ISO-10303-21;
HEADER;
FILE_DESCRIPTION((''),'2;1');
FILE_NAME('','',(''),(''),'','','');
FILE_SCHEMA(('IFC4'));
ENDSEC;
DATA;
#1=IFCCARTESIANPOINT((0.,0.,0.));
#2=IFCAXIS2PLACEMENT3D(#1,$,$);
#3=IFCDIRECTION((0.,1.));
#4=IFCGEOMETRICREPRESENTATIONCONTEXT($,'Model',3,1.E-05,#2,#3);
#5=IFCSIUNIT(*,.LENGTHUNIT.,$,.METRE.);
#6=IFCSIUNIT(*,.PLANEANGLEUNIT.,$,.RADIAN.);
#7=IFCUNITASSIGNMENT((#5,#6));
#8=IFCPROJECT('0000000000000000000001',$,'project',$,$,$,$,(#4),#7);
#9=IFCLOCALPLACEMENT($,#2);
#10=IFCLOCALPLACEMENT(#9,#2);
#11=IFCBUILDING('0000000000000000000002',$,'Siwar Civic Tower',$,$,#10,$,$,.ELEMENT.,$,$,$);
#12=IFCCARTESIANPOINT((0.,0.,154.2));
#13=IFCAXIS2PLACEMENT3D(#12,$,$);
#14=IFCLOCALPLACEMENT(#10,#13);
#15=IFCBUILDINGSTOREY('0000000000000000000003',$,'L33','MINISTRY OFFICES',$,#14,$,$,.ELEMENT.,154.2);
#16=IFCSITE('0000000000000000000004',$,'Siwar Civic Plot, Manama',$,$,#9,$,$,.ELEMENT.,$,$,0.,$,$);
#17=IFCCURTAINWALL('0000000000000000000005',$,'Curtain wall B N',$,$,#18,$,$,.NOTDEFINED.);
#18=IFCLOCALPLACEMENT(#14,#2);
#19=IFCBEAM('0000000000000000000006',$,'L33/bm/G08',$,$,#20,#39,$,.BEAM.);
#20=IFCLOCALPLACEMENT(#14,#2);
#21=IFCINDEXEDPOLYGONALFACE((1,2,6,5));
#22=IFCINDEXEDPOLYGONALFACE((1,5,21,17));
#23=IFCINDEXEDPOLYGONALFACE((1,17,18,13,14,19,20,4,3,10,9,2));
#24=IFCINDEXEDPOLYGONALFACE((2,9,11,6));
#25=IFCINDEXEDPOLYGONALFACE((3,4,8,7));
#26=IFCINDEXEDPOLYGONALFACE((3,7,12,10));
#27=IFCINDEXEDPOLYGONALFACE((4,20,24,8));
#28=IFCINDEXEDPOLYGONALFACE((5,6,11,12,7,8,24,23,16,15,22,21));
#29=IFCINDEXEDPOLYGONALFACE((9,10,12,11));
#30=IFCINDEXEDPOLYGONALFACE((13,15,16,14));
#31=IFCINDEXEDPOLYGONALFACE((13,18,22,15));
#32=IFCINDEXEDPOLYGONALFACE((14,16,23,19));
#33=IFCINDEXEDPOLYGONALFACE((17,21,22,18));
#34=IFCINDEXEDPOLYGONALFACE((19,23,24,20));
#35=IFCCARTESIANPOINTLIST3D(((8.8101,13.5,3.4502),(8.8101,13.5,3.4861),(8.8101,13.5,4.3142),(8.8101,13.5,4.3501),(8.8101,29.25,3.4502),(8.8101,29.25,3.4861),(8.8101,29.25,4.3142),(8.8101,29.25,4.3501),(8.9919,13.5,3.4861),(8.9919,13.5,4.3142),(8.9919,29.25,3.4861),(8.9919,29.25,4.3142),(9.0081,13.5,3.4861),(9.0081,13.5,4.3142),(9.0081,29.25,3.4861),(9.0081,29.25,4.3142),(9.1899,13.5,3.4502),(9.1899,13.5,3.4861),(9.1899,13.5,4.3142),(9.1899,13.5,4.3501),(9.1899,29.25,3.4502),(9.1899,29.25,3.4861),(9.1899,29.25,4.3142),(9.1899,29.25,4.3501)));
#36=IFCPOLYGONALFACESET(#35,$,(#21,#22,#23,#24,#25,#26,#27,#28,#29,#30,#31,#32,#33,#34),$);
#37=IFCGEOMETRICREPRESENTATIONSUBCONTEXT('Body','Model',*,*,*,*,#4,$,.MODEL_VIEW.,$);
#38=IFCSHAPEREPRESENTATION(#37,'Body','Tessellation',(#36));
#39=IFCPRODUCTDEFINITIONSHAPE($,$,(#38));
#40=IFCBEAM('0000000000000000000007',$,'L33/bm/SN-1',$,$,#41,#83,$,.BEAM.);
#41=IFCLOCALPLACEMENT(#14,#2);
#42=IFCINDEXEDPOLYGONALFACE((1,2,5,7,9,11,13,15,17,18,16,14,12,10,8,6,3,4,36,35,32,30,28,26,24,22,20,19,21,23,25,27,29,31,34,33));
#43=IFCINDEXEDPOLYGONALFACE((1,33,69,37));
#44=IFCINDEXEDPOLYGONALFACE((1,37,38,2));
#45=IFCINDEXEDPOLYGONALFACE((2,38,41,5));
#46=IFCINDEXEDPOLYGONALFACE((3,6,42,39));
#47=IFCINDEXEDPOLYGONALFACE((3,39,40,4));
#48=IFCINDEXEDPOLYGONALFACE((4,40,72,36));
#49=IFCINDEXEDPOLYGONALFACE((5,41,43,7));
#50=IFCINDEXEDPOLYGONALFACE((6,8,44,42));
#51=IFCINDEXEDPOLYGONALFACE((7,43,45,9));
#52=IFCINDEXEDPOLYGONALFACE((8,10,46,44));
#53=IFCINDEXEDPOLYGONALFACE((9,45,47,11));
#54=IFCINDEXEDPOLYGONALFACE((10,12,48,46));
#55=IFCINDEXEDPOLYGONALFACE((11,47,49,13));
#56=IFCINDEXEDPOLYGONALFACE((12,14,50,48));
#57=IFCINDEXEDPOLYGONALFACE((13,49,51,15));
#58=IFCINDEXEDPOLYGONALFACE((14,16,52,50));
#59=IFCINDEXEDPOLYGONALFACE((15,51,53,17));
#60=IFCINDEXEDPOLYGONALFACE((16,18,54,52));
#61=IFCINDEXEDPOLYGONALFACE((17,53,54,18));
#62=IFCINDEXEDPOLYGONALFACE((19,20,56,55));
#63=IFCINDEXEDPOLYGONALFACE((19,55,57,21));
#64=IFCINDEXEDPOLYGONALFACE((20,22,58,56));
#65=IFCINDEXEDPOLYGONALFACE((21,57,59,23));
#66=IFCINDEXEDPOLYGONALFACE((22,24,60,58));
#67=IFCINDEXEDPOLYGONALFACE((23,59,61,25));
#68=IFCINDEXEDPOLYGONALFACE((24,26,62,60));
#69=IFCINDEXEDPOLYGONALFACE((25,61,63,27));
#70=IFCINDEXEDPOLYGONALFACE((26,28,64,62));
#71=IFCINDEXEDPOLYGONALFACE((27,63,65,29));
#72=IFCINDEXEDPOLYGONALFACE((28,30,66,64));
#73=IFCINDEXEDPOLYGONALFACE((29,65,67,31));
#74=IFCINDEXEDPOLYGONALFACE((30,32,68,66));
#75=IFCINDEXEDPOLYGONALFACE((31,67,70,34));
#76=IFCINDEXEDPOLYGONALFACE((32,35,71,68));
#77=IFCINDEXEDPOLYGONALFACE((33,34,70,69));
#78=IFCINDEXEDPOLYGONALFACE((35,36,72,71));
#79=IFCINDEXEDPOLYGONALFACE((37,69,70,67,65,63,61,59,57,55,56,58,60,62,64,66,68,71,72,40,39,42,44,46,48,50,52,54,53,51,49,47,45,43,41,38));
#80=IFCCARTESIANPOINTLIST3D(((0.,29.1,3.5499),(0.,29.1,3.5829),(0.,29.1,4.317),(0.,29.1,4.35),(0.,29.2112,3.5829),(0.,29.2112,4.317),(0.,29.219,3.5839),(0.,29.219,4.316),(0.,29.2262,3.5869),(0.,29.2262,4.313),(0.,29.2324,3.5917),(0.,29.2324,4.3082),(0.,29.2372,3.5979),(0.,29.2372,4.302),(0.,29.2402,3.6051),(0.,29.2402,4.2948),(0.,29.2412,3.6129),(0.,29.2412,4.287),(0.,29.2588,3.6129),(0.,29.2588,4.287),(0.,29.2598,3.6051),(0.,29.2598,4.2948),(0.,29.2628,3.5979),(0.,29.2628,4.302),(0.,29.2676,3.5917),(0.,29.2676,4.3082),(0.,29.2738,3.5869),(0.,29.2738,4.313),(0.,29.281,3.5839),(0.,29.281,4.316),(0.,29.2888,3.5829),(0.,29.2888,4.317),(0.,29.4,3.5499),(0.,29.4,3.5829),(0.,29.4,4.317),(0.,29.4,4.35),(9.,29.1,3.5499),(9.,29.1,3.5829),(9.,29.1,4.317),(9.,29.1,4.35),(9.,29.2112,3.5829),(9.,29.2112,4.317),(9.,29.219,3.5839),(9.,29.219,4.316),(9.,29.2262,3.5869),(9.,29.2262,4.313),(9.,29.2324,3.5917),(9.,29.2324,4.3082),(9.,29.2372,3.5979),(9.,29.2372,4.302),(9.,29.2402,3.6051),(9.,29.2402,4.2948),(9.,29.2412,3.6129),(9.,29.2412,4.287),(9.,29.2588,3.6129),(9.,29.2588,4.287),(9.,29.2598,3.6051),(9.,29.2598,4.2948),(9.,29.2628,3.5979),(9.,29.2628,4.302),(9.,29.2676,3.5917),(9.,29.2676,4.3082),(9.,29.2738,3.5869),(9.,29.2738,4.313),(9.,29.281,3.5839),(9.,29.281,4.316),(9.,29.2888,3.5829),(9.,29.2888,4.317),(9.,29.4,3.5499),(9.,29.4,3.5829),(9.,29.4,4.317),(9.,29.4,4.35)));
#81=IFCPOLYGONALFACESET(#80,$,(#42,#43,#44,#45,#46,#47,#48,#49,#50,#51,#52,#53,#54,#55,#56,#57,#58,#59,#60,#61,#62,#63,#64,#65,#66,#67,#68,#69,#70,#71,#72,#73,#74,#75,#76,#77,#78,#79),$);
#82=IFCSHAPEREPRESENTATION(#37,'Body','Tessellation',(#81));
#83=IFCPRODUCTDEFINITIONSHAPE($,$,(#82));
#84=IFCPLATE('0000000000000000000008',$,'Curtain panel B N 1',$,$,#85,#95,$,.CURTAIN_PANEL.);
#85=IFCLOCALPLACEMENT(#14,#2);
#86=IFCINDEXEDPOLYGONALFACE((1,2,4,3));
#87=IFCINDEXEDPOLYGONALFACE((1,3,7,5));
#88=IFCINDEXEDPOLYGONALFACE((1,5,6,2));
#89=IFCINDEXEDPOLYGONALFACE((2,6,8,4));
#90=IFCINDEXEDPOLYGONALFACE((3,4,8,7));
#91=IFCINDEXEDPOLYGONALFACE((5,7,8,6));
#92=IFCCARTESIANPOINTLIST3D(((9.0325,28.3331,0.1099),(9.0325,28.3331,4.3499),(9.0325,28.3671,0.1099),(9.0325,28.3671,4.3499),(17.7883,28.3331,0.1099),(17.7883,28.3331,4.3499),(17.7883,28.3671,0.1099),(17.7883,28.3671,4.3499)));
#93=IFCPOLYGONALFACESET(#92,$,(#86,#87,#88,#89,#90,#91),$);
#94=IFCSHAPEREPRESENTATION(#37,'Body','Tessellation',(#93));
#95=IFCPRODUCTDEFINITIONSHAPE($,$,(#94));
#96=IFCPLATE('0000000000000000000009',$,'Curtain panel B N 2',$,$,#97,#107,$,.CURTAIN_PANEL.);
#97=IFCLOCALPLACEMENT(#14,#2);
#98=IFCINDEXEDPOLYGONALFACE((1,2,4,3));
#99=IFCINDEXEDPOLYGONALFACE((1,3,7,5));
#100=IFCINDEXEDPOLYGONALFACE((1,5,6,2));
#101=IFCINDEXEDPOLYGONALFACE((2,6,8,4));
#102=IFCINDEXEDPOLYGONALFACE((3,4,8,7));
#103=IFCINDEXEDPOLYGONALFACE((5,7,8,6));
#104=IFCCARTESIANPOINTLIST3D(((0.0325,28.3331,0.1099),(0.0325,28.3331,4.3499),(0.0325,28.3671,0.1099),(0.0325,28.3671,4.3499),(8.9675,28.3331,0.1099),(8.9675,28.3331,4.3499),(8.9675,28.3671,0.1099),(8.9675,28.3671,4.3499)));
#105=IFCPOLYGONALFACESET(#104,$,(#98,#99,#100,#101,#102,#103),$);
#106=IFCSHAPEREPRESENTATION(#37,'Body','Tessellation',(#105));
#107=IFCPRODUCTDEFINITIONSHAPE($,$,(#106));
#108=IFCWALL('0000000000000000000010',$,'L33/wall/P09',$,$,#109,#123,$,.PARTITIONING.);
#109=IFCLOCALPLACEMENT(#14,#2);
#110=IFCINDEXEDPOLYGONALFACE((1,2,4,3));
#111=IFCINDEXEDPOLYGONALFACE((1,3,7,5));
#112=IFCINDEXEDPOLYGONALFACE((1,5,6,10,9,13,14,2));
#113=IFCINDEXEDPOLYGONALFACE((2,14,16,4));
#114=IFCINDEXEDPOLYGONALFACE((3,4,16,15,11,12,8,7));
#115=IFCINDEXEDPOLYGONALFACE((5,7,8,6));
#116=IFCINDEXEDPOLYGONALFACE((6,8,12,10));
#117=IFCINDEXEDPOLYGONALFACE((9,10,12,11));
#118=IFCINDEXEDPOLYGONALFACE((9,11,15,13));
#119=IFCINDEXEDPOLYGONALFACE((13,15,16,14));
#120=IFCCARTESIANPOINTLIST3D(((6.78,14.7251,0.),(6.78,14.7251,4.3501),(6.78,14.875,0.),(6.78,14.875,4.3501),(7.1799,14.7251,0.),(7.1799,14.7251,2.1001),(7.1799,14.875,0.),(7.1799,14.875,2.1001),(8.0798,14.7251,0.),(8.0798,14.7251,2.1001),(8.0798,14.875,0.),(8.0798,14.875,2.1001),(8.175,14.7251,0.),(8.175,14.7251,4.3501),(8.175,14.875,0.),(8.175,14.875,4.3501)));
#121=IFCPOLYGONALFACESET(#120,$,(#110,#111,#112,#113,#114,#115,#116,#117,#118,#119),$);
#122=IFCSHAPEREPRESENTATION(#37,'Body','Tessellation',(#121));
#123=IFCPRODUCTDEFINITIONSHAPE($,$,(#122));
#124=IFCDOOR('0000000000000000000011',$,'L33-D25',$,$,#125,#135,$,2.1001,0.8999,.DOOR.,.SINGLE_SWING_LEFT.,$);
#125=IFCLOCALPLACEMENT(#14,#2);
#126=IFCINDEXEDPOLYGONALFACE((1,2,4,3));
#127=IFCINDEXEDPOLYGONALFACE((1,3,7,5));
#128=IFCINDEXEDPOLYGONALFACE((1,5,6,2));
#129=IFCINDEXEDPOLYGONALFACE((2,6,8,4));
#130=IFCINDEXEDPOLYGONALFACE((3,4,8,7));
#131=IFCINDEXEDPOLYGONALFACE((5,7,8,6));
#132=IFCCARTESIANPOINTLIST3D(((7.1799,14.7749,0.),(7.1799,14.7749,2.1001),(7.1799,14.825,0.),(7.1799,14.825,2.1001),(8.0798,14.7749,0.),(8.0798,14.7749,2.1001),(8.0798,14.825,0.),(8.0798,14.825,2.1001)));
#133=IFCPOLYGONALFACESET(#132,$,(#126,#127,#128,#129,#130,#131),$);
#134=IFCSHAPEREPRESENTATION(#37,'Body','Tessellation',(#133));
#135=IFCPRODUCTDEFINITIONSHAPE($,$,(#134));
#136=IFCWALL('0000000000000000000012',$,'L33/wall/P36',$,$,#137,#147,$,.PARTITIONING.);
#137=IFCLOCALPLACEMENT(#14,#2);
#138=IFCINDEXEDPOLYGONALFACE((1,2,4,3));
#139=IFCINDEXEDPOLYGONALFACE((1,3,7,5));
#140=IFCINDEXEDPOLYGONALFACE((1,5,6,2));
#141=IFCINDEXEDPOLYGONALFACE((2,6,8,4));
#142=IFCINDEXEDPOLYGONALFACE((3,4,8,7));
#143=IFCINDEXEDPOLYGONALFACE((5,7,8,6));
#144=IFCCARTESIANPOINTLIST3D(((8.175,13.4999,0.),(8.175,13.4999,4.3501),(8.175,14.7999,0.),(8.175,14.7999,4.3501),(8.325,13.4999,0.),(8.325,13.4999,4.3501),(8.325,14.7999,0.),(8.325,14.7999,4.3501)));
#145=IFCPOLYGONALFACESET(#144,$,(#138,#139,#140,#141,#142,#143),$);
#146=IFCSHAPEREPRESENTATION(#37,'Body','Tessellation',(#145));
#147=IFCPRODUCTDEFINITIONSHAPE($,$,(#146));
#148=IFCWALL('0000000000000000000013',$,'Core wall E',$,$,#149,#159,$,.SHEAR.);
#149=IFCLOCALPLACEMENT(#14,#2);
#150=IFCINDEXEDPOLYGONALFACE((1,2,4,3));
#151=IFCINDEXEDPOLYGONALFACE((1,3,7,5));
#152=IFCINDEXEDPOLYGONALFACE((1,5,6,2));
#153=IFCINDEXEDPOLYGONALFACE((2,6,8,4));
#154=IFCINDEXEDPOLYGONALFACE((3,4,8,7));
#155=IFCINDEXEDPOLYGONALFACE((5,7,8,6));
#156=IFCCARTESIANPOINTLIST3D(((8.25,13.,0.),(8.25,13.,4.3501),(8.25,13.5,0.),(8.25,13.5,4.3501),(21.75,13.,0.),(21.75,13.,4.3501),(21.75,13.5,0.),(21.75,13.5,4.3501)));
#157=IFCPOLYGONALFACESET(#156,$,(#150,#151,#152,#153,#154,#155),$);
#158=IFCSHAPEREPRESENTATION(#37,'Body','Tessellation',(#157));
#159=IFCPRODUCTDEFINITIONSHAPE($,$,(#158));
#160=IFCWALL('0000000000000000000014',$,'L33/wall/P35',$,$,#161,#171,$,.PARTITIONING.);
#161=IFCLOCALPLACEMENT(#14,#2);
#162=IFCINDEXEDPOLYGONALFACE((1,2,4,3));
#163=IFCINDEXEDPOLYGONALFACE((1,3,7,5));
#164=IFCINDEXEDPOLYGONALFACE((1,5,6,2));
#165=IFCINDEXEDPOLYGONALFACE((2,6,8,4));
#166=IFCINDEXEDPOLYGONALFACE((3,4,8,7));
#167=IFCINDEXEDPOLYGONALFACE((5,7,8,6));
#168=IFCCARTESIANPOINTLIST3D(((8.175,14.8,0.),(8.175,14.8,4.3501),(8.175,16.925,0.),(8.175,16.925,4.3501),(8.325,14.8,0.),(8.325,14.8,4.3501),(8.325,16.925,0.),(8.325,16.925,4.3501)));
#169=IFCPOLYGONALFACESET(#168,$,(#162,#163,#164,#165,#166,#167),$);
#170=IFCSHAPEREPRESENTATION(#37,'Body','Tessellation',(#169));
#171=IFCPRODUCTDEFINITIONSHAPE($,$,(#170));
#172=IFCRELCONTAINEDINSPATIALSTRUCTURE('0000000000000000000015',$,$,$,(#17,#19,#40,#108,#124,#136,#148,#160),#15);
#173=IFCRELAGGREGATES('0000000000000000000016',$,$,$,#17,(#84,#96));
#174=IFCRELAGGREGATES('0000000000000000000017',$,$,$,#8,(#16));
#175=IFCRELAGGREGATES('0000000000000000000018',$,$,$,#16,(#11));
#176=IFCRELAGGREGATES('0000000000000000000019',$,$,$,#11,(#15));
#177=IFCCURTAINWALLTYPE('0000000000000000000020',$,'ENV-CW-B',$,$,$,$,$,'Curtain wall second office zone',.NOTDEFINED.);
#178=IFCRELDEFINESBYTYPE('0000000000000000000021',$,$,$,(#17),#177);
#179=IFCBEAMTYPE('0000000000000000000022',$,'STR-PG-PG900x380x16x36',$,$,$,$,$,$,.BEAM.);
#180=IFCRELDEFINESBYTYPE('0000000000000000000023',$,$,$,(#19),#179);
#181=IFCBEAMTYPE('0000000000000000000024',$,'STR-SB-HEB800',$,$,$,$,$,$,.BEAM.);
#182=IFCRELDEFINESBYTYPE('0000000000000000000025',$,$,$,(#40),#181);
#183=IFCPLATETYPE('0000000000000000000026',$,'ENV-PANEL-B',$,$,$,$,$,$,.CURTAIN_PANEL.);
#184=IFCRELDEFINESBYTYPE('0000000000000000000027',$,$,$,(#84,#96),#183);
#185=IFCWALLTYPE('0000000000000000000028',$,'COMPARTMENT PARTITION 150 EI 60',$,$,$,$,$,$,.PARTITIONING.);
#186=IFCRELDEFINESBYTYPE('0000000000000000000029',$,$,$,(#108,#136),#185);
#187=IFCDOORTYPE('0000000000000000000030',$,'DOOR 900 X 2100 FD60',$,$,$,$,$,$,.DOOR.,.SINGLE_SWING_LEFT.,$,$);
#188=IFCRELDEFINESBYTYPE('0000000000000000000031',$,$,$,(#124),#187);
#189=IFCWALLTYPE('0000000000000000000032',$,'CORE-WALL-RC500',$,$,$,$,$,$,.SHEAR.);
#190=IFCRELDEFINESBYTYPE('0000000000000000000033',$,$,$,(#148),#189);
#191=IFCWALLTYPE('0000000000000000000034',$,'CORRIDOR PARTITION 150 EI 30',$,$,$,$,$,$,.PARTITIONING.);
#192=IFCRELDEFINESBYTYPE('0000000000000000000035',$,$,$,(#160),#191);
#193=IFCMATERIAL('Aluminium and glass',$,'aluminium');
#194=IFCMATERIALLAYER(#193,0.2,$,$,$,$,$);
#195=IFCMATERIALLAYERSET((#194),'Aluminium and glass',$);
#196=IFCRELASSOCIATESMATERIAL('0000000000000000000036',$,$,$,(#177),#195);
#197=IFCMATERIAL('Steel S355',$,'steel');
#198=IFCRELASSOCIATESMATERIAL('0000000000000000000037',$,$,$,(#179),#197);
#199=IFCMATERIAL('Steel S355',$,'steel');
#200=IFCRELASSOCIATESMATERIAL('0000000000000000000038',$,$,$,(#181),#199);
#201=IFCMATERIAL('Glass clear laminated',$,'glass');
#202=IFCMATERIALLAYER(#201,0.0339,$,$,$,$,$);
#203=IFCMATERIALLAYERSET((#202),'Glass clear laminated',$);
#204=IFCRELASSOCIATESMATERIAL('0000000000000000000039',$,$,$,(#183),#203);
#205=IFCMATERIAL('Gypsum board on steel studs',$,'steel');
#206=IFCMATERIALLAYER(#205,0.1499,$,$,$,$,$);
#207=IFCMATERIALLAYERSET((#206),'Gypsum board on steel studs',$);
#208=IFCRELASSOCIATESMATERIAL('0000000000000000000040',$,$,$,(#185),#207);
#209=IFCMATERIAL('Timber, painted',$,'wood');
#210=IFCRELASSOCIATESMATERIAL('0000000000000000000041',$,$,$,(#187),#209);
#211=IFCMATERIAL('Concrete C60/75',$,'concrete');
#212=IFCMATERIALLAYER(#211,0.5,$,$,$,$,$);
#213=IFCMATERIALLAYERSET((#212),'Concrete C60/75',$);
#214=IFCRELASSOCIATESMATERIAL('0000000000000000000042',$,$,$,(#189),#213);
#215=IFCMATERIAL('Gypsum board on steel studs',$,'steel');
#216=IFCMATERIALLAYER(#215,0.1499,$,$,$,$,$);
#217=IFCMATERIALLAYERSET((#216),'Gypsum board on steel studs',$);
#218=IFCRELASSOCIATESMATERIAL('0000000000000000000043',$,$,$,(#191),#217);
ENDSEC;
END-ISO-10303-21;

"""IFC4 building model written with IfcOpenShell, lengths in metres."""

from ifc_helpers import new_model, si_unit, direction, frame, frame_2d, origin, origin_2d, place, context, subcontext, project, spatial, rectangle, i_section, extrude, material, layer, layer_set, material_profile, profile_set, type_object, element, fill, aggregate, save


model = new_model("IFC4")

# Units and contexts
model_context = context("Model", 3, precision=1e-05, world=origin(), true_north=direction((0.0, 1.0)))
body_context = subcontext(model_context, "Body", "Model", "MODEL_VIEW")
ifc_project = project(units=[si_unit("LENGTHUNIT", "METRE"), si_unit("PLANEANGLEUNIT", "RADIAN")], contexts=[model_context])

# Site, building, storey
site_placement = place(None, origin())
site = spatial("IfcSite", under=ifc_project, at=site_placement, Name="Siwar Civic Plot, Manama", CompositionType="ELEMENT", RefElevation=0.0)
building_placement = place(site_placement, origin())
building = spatial("IfcBuilding", under=site, at=building_placement, Name="Siwar Civic Tower", CompositionType="ELEMENT")
storey_placement = place(building_placement, frame((0.0, 0.0, 154.2)))
storey = spatial("IfcBuildingStorey", under=building, at=storey_placement, Name="L33", Description="MINISTRY OFFICES", CompositionType="ELEMENT", Elevation=154.2)

# Curtain wall
ifc_material_1 = material(Name="Aluminium and glass", Category="aluminium")
ifc_layer_1 = layer(ifc_material_1, 0.2)
ifc_layer_set_1 = layer_set([ifc_layer_1], Name="Aluminium and glass")
curtain_wall_type = type_object("IfcCurtainWallType", Name="ENV-CW-B", ElementType="Curtain wall second office zone", PredefinedType="NOTDEFINED", material=ifc_layer_set_1)
curtain_wall_placement = place(storey_placement, origin())
curtain_wall = element("IfcCurtainWall", 1, at=curtain_wall_placement, inside=storey, type_object=curtain_wall_type, Name="Curtain wall B N", PredefinedType="NOTDEFINED")

# Beams
ifc_material_2 = material(Name="Steel S355", Category="steel")
ifc_material_profile_1 = material_profile(ifc_material_2, i_section(OverallWidth=0.3799, OverallDepth=0.8999, WebThickness=0.0161, FlangeThickness=0.0359, at=origin_2d()), Name="PG900x380x16x36")
ifc_profile_set_1 = profile_set([ifc_material_profile_1], Name="Steel S355")
beam_type_1 = type_object("IfcBeamType", Name="STR-PG-PG900x380x16x36", PredefinedType="BEAM", material=ifc_profile_set_1)
beam_1_placement = place(storey_placement, frame((9.0, 13.5, 3.9001), z_axis=(0.0, 1.0, 0.0), x_axis=(-1.0, 0.0, 0.0)))
element("IfcBeam", 2, at=beam_1_placement, inside=storey, type_object=beam_type_1, Name="L33/bm/G08", PredefinedType="BEAM", context=body_context, shape_type="SweptSolid", body=[
    extrude(i_section(OverallWidth=0.3799, OverallDepth=0.8999, WebThickness=0.0161, FlangeThickness=0.0359, at=origin_2d()), origin(), (0.0, 0.0, 1.0), 15.75),
])
ifc_material_3 = material(Name="Steel S355", Category="steel")
ifc_material_profile_2 = material_profile(ifc_material_3, i_section(OverallWidth=0.3, OverallDepth=0.8, WebThickness=0.0176, FlangeThickness=0.033, FilletRadius=0.03, at=origin_2d()), Name="HEB800")
ifc_profile_set_2 = profile_set([ifc_material_profile_2], Name="Steel S355")
beam_type_2 = type_object("IfcBeamType", Name="STR-SB-HEB800", PredefinedType="BEAM", material=ifc_profile_set_2)
beam_2_placement = place(storey_placement, frame((9.0, 29.25, 3.95), z_axis=(-1.0, 0.0, 0.0), x_axis=(0.0, -1.0, 0.0)))
element("IfcBeam", 3, at=beam_2_placement, inside=storey, type_object=beam_type_2, Name="L33/bm/SN-1", PredefinedType="BEAM", context=body_context, shape_type="SweptSolid", body=[
    extrude(i_section(OverallWidth=0.3, OverallDepth=0.8, WebThickness=0.0176, FlangeThickness=0.033, FilletRadius=0.03, at=origin_2d()), origin(), (0.0, 0.0, 1.0), 9.0),
])

# Plates
ifc_material_4 = material(Name="Glass clear laminated", Category="glass")
ifc_layer_2 = layer(ifc_material_4, 0.0339)
ifc_layer_set_2 = layer_set([ifc_layer_2], Name="Glass clear laminated")
plate_type = type_object("IfcPlateType", Name="ENV-PANEL-B", PredefinedType="CURTAIN_PANEL", material=ifc_layer_set_2)
plate_1_placement = place(storey_placement, frame((13.4104, 28.3501, 0.1099), z_axis=(0.0, 0.0, 1.0), x_axis=(-1.0, 0.0, 0.0)))
plate_1 = element("IfcPlate", 4, at=plate_1_placement, type_object=plate_type, Name="Curtain panel B N 1", PredefinedType="CURTAIN_PANEL", context=body_context, shape_type="SweptSolid", body=[
    extrude(rectangle(XDim=8.7559, YDim=0.0339, at=origin_2d()), origin(), (0.0, 0.0, 1.0), 4.24),
])
plate_2_placement = place(storey_placement, frame((4.5, 28.3501, 0.1099), z_axis=(0.0, 0.0, 1.0), x_axis=(-1.0, 0.0, 0.0)))
plate_2 = element("IfcPlate", 5, at=plate_2_placement, type_object=plate_type, Name="Curtain panel B N 2", PredefinedType="CURTAIN_PANEL", context=body_context, shape_type="SweptSolid", body=[
    extrude(rectangle(XDim=8.9351, YDim=0.0339, at=origin_2d()), origin(), (0.0, 0.0, 1.0), 4.24),
])
aggregate(curtain_wall, [plate_1, plate_2])

# Wall, opening, door
ifc_material_5 = material(Name="Gypsum board on steel studs", Category="steel")
ifc_layer_3 = layer(ifc_material_5, 0.1499)
ifc_layer_set_3 = layer_set([ifc_layer_3], Name="Gypsum board on steel studs")
wall_type_1 = type_object("IfcWallType", Name="COMPARTMENT PARTITION 150 EI 60", PredefinedType="PARTITIONING", material=ifc_layer_set_3)
wall_1_placement = place(storey_placement, frame((6.78, 14.8, 0.0), z_axis=(0.0, 0.0, 1.0), x_axis=(1.0, 0.0, 0.0)))
wall_1 = element("IfcWall", 6, at=wall_1_placement, inside=storey, type_object=wall_type_1, Name="L33/wall/P09", PredefinedType="PARTITIONING", context=body_context, shape_type="SweptSolid", body=[
    extrude(rectangle(XDim=1.395, YDim=0.1499, at=frame_2d((0.6975, 0.0))), origin(), (0.0, 0.0, 1.0), 4.3501),
])
opening_1_placement = place(wall_1_placement, frame((0.3999, 0.0, 0.0)))
opening_1 = element("IfcOpeningElement", 7, at=opening_1_placement, cuts=wall_1, PredefinedType="OPENING", context=body_context, shape_type="SweptSolid", body=[
    extrude(rectangle(XDim=0.8999, YDim=2.1001, at=frame_2d((0.45, 1.05))), frame((0.0, 0.085, 0.0), z_axis=(0.0, -1.0, 0.0), x_axis=(1.0, 0.0, 0.0)), (0.0, 0.0, 1.0), 0.1699),
])
ifc_material_6 = material(Name="Timber, painted", Category="wood")
door_type_1 = type_object("IfcDoorType", Name="DOOR 900 X 2100 FD60", OperationType="SINGLE_SWING_LEFT", PredefinedType="DOOR", material=ifc_material_6)
door_1_placement = place(opening_1_placement, origin())
door_1 = element("IfcDoor", 8, at=door_1_placement, inside=storey, type_object=door_type_1, Name="L33-D25", OperationType="SINGLE_SWING_LEFT", OverallHeight=2.1001, OverallWidth=0.8999, PredefinedType="DOOR", context=body_context, shape_type="SweptSolid", body=[
    extrude(rectangle(XDim=0.8999, YDim=2.1001, at=frame_2d((0.45, 1.05))), frame((0.0, 0.0249, 0.0), z_axis=(0.0, -1.0, 0.0), x_axis=(1.0, 0.0, 0.0)), (0.0, 0.0, 1.0), 0.05),
])
fill(opening_1, door_1)

# Walls
wall_2_placement = place(storey_placement, frame((8.25, 13.5, 0.0), z_axis=(0.0, 0.0, 1.0), x_axis=(0.0, 1.0, 0.0)))
element("IfcWall", 9, at=wall_2_placement, inside=storey, type_object=wall_type_1, Name="L33/wall/P36", PredefinedType="PARTITIONING", context=body_context, shape_type="SweptSolid", body=[
    extrude(rectangle(XDim=1.3, YDim=0.1499, at=frame_2d((0.6499, 0.0))), origin(), (0.0, 0.0, 1.0), 4.3501),
])
ifc_material_7 = material(Name="Concrete C60/75", Category="concrete")
ifc_layer_4 = layer(ifc_material_7, 0.5)
ifc_layer_set_4 = layer_set([ifc_layer_4], Name="Concrete C60/75")
wall_type_2 = type_object("IfcWallType", Name="CORE-WALL-RC500", PredefinedType="SHEAR", material=ifc_layer_set_4)
wall_3_placement = place(storey_placement, frame((8.25, 13.25, 0.0), z_axis=(0.0, 0.0, 1.0), x_axis=(1.0, 0.0, 0.0)))
element("IfcWall", 10, at=wall_3_placement, inside=storey, type_object=wall_type_2, Name="Core wall E", PredefinedType="SHEAR", context=body_context, shape_type="SweptSolid", body=[
    extrude(rectangle(XDim=13.5, YDim=0.5, at=frame_2d((6.75, 0.0))), origin(), (0.0, 0.0, 1.0), 4.3501),
])
ifc_material_8 = material(Name="Gypsum board on steel studs", Category="steel")
ifc_layer_5 = layer(ifc_material_8, 0.1499)
ifc_layer_set_5 = layer_set([ifc_layer_5], Name="Gypsum board on steel studs")
wall_type_3 = type_object("IfcWallType", Name="CORRIDOR PARTITION 150 EI 30", PredefinedType="PARTITIONING", material=ifc_layer_set_5)
wall_4_placement = place(storey_placement, frame((8.25, 14.8, 0.0), z_axis=(0.0, 0.0, 1.0), x_axis=(0.0, 1.0, 0.0)))
element("IfcWall", 11, at=wall_4_placement, inside=storey, type_object=wall_type_3, Name="L33/wall/P35", PredefinedType="PARTITIONING", context=body_context, shape_type="SweptSolid", body=[
    extrude(rectangle(XDim=2.125, YDim=0.1499, at=frame_2d((1.0625, 0.0))), origin(), (0.0, 0.0, 1.0), 4.3501),
])

save(model, "model.ifc")
